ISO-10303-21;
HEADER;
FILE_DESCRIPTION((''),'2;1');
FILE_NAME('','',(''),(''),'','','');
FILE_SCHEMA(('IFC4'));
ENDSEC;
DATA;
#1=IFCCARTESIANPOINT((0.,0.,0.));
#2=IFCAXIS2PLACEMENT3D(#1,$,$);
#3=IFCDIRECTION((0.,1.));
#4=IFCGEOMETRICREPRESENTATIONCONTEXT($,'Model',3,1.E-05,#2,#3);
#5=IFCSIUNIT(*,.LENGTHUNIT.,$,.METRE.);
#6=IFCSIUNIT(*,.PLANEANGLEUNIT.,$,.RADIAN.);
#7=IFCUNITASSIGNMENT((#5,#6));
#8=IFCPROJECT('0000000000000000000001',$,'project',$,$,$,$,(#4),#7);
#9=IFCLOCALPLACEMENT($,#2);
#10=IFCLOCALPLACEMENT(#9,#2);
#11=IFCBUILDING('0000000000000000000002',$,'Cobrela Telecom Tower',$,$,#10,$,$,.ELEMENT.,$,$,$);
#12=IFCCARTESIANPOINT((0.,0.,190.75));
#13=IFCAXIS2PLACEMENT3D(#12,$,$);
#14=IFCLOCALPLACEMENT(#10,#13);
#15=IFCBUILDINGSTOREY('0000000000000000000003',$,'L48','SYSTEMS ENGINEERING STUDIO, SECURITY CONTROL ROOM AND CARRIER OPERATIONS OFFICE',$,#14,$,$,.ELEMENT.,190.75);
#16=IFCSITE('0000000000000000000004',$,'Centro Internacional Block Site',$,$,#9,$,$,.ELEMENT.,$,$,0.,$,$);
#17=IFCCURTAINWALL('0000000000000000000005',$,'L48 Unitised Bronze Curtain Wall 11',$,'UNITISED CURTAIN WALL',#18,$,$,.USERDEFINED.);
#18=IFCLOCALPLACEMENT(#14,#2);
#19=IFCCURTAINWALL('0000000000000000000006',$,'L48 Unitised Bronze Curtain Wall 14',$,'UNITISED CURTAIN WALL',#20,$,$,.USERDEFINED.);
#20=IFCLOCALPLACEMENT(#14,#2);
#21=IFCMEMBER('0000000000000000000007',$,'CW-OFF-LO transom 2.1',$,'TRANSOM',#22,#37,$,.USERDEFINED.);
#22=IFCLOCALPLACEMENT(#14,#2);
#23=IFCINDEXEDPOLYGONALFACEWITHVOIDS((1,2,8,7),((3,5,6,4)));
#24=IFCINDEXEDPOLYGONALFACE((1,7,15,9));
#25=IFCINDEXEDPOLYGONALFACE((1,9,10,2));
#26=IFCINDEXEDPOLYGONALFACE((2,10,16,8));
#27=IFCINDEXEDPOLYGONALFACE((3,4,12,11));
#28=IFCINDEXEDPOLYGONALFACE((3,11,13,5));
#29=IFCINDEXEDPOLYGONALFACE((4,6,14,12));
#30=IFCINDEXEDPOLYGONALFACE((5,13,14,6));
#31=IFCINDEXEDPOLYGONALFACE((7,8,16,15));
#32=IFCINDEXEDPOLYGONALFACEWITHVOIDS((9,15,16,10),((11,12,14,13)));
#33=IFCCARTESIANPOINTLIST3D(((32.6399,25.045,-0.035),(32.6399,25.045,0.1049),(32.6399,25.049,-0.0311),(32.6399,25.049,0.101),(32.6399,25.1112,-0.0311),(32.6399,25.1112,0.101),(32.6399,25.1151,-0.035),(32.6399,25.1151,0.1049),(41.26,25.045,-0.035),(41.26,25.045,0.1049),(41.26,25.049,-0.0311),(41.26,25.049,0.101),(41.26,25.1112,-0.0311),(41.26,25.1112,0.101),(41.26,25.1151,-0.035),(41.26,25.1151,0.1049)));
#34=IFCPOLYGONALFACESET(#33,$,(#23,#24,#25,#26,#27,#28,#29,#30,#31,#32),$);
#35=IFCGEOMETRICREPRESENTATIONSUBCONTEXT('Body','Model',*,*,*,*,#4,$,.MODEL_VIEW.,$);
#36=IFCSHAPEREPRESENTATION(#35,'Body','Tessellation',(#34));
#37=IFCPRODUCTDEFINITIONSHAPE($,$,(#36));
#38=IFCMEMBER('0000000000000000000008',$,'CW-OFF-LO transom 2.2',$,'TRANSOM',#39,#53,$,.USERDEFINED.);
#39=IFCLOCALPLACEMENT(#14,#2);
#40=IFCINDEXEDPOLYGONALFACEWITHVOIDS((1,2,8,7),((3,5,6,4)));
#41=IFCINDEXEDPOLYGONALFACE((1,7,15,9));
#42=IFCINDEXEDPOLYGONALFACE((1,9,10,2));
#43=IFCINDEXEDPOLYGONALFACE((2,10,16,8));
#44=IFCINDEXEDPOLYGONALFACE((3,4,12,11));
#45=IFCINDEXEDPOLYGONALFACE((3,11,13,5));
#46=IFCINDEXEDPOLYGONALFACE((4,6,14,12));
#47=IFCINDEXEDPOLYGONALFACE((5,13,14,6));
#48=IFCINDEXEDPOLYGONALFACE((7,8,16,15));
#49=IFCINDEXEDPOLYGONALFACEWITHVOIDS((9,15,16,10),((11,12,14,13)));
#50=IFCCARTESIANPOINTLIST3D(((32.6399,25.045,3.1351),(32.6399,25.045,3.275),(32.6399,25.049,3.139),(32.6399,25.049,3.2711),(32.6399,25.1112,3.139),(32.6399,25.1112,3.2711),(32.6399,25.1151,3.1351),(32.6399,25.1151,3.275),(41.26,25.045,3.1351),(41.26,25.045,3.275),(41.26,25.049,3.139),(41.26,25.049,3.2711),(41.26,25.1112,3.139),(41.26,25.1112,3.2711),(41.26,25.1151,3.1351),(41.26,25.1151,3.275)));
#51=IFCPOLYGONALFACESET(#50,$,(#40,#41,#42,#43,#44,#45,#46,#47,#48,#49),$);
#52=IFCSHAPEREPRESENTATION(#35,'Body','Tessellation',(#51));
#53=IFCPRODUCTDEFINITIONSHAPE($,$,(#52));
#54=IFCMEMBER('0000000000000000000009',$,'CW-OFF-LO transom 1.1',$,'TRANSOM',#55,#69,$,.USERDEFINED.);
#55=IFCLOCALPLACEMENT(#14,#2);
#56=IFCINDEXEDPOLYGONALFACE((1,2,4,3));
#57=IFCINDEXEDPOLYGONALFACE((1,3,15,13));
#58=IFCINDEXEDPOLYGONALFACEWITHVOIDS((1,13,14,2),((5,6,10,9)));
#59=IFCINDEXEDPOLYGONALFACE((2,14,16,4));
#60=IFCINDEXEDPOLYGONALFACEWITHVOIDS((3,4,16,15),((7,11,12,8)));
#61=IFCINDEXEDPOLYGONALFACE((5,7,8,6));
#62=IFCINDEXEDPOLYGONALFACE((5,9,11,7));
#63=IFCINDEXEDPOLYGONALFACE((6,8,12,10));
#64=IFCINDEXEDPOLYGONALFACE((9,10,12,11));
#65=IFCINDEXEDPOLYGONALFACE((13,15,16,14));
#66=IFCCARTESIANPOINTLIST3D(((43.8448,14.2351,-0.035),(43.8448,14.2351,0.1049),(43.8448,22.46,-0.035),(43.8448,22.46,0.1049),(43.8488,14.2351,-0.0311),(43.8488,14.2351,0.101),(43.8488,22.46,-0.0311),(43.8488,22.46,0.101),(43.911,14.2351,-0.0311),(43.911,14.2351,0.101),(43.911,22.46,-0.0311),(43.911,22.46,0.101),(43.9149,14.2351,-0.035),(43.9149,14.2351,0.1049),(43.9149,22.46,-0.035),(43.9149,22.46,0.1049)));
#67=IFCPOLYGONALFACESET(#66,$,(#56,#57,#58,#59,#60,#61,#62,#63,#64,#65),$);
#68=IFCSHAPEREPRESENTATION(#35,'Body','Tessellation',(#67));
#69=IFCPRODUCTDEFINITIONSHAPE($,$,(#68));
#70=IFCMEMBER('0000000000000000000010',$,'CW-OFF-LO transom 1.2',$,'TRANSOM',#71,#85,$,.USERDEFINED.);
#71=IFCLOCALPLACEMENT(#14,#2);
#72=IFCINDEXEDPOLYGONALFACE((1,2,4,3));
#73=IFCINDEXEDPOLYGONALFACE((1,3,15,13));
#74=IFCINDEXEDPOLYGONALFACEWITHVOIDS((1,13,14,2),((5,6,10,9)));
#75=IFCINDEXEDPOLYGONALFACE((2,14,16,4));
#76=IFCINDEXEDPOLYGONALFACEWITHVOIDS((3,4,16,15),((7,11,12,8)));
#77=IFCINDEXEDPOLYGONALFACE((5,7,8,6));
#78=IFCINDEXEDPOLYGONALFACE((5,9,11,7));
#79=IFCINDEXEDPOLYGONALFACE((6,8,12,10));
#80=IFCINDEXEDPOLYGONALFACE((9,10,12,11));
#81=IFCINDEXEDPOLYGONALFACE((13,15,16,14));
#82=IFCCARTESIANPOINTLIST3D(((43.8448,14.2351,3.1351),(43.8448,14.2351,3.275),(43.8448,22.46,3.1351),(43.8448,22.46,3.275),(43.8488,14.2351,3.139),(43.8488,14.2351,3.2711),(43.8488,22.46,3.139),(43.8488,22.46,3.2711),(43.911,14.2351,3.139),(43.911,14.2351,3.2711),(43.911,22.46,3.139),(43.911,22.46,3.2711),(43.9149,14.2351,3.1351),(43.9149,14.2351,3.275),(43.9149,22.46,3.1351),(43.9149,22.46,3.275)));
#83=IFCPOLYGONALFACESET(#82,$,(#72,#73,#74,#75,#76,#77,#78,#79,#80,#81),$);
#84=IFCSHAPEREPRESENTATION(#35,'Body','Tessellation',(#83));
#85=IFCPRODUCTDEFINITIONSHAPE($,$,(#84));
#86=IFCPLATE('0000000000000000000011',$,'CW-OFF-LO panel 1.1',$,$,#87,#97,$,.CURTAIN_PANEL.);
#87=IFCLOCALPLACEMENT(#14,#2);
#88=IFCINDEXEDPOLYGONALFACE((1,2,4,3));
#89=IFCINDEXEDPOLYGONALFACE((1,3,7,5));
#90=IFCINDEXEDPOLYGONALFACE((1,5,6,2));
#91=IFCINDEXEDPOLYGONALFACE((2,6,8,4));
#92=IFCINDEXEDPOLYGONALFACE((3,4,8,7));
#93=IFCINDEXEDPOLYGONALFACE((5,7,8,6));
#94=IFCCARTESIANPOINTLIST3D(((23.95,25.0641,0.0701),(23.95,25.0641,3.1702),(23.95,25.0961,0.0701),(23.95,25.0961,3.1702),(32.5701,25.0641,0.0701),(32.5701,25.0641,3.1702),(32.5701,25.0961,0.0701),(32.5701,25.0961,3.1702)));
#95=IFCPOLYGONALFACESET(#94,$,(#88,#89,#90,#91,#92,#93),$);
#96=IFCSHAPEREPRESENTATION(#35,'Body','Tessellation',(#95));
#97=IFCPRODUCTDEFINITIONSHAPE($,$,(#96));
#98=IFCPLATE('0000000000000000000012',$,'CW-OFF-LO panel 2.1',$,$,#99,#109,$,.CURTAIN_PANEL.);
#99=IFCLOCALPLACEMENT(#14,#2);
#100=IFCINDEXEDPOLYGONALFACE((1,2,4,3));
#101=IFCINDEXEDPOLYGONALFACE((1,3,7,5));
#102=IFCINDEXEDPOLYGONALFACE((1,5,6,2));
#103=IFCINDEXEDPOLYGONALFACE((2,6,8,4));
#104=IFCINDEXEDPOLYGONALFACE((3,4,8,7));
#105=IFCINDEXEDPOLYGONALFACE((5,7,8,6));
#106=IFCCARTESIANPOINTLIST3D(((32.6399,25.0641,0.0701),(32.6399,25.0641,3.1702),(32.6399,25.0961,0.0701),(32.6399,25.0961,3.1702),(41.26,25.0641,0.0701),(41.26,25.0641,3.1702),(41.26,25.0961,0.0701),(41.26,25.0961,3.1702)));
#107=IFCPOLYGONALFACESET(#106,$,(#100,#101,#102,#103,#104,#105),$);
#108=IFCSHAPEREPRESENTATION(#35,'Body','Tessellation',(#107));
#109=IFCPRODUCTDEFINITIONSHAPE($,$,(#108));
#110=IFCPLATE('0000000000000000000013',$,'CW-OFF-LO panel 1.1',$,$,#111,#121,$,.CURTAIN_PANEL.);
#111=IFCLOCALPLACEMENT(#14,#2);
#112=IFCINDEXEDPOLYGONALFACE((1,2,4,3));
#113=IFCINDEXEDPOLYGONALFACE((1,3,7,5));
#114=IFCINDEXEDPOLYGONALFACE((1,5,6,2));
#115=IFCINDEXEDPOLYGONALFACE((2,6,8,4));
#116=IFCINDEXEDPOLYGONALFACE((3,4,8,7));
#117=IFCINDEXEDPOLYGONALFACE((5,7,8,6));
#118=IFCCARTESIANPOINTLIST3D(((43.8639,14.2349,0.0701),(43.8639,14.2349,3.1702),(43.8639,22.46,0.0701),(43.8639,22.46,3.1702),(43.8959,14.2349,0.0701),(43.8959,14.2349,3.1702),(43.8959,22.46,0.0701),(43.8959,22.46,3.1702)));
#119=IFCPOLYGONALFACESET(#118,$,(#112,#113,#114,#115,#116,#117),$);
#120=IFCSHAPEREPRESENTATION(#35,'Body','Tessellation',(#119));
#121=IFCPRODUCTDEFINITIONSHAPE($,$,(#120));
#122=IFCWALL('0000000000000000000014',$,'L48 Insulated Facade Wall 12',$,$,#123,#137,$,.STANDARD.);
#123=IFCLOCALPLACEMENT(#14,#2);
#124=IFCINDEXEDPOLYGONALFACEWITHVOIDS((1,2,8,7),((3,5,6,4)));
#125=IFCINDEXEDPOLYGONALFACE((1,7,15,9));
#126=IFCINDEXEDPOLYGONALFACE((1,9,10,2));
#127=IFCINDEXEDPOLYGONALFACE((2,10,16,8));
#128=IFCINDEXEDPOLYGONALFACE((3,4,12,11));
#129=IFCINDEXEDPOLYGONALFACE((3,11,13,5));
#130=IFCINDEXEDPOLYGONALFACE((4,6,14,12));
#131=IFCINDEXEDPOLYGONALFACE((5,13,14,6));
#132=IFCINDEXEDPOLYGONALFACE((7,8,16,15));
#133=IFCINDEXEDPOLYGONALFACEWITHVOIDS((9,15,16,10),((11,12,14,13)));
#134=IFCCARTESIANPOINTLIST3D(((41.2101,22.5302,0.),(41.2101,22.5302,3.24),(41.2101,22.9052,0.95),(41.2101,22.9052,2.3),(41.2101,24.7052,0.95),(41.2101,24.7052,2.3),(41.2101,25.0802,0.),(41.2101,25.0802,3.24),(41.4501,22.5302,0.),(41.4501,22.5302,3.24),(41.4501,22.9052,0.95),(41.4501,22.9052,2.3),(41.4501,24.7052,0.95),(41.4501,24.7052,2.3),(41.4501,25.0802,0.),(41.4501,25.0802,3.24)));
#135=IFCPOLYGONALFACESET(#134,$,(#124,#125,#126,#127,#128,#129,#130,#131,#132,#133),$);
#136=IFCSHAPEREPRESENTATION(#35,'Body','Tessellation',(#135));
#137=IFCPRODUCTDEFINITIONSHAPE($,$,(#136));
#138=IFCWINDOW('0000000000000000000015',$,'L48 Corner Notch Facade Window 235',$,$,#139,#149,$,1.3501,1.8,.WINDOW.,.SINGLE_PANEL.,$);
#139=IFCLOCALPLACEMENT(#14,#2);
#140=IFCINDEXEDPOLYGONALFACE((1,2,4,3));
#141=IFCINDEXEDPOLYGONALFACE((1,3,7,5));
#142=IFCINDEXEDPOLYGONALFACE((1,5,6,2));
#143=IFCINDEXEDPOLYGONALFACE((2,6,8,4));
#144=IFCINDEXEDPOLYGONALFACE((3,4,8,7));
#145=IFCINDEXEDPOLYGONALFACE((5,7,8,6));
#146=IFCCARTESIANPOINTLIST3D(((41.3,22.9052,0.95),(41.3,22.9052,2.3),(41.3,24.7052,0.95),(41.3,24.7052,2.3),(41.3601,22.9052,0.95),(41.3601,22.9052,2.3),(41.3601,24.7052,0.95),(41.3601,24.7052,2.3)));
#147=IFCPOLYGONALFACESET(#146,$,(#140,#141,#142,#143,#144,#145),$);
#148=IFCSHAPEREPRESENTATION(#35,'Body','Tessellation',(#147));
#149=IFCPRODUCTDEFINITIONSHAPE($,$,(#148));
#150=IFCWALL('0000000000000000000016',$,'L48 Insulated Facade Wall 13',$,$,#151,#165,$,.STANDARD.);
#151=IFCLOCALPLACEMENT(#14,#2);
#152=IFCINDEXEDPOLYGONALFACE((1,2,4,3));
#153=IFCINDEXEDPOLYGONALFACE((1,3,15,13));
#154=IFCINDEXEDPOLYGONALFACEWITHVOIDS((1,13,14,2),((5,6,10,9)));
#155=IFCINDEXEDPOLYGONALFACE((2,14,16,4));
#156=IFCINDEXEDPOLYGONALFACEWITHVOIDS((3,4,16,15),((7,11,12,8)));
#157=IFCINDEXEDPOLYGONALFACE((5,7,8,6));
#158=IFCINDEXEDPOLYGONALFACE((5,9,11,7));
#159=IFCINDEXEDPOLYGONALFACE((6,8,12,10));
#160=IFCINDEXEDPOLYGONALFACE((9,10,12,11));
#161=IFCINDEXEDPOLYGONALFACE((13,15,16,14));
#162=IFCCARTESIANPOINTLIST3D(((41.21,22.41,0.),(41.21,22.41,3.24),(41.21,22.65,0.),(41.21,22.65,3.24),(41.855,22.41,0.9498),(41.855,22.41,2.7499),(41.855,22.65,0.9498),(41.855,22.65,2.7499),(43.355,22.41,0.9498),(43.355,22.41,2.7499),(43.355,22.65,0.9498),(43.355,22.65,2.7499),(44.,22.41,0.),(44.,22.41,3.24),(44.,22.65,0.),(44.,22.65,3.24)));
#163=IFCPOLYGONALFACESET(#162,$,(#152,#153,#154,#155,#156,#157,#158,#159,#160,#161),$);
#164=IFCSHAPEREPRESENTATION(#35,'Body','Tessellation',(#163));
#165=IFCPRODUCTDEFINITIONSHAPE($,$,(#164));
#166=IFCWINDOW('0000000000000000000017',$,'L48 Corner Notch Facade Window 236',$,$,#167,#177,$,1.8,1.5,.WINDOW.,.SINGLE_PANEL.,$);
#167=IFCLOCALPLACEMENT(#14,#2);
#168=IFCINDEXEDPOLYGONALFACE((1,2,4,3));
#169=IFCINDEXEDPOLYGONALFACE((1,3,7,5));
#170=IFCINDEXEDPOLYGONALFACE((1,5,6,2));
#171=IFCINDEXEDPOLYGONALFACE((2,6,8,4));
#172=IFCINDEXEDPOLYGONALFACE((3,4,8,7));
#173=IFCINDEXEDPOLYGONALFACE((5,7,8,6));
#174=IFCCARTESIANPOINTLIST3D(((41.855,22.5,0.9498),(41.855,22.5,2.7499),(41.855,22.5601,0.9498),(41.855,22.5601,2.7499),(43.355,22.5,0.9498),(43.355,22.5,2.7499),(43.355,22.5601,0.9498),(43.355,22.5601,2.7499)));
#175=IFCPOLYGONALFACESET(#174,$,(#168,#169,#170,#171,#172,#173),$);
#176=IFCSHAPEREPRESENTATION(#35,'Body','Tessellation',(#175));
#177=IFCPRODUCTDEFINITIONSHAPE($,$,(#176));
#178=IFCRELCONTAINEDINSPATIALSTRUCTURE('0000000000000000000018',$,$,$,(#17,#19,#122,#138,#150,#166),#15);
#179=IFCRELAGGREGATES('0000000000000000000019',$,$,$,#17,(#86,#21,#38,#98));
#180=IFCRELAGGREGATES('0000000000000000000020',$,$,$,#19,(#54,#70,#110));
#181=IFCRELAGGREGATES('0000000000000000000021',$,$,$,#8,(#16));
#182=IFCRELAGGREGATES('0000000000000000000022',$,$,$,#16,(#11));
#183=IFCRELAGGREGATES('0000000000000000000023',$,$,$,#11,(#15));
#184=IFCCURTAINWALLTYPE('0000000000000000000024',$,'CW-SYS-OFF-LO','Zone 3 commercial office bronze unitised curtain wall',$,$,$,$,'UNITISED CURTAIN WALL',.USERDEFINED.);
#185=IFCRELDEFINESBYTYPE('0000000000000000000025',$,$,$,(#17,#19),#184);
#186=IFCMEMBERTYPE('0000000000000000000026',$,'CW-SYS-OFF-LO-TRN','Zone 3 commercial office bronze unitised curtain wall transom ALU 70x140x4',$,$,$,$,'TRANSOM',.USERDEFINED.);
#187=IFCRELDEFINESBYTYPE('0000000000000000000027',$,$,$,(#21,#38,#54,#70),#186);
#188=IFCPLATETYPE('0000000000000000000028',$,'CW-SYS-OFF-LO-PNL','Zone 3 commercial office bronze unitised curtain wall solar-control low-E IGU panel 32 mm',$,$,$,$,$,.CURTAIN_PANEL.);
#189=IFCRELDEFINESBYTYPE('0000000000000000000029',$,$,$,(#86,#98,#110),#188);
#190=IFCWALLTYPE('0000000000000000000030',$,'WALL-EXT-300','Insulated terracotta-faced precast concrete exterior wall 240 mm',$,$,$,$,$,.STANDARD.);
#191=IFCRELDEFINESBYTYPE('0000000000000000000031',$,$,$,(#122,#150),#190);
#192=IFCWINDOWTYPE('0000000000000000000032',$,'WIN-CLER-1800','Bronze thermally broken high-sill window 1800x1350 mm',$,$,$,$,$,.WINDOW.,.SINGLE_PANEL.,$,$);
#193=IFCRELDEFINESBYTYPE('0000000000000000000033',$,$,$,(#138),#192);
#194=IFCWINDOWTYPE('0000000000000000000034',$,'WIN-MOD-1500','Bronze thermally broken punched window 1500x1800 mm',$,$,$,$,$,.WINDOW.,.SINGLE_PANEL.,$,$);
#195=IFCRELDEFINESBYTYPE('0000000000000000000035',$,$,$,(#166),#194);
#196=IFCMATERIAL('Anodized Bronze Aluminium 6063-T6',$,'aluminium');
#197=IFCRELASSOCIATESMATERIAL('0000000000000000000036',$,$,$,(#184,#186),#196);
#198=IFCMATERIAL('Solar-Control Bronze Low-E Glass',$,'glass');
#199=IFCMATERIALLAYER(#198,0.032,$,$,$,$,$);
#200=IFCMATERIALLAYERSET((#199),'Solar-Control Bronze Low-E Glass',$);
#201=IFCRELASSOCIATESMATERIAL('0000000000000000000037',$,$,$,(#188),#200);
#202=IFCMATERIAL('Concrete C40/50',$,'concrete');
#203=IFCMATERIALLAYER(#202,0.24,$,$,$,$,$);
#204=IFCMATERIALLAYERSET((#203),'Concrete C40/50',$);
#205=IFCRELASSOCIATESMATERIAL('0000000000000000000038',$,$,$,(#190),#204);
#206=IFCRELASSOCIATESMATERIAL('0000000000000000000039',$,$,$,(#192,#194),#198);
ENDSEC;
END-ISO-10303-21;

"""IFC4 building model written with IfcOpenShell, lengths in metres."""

from ifc_helpers import new_model, si_unit, direction, frame, frame_2d, origin, origin_2d, place, context, subcontext, project, spatial, rectangle, hollow_rectangle, extrude, material, layer, layer_set, material_profile, profile_set, type_object, element, fill, aggregate, save


model = new_model("IFC4")

# Units and contexts
model_context = context("Model", 3, precision=1e-05, world=origin(), true_north=direction((0.0, 1.0)))
body_context = subcontext(model_context, "Body", "Model", "MODEL_VIEW")
ifc_project = project(units=[si_unit("LENGTHUNIT", "METRE"), si_unit("PLANEANGLEUNIT", "RADIAN")], contexts=[model_context])

# Site, building, storey
site_placement = place(None, origin())
site = spatial("IfcSite", under=ifc_project, at=site_placement, Name="Centro Internacional Block Site", CompositionType="ELEMENT", RefElevation=0.0)
building_placement = place(site_placement, origin())
building = spatial("IfcBuilding", under=site, at=building_placement, Name="Cobrela Telecom Tower", CompositionType="ELEMENT")
storey_placement = place(building_placement, frame((0.0, 0.0, 190.75)))
storey = spatial("IfcBuildingStorey", under=building, at=storey_placement, Name="L48", Description="SYSTEMS ENGINEERING STUDIO, SECURITY CONTROL ROOM AND CARRIER OPERATIONS OFFICE", CompositionType="ELEMENT", Elevation=190.75)

# Curtain wall
ifc_material_1 = material(Name="Anodized Bronze Aluminium 6063-T6", Category="aluminium")
curtain_wall_type = type_object("IfcCurtainWallType", Name="CW-SYS-OFF-LO", Description="Zone 3 commercial office bronze unitised curtain wall", ElementType="UNITISED CURTAIN WALL", PredefinedType="USERDEFINED", material=ifc_material_1)
curtain_wall_1_placement = place(storey_placement, origin())
curtain_wall_1 = element("IfcCurtainWall", 1, at=curtain_wall_1_placement, inside=storey, type_object=curtain_wall_type, Name="L48 Unitised Bronze Curtain Wall 11", ObjectType="UNITISED CURTAIN WALL", PredefinedType="USERDEFINED")

# Curtain wall
curtain_wall_2_placement = place(storey_placement, origin())
curtain_wall_2 = element("IfcCurtainWall", 2, at=curtain_wall_2_placement, inside=storey, type_object=curtain_wall_type, Name="L48 Unitised Bronze Curtain Wall 14", ObjectType="UNITISED CURTAIN WALL", PredefinedType="USERDEFINED")

# Members
ifc_material_profile_1 = material_profile(ifc_material_1, hollow_rectangle(XDim=0.0701, YDim=0.1399, WallThickness=0.0039, at=origin_2d()), Name="ALU 70x140x4")
ifc_profile_set_1 = profile_set([ifc_material_profile_1], Name="Anodized Bronze Aluminium 6063-T6")
member_type_1 = type_object("IfcMemberType", Name="CW-SYS-OFF-LO-TRN", Description="Zone 3 commercial office bronze unitised curtain wall transom ALU 70x140x4", ElementType="TRANSOM", PredefinedType="USERDEFINED", material=ifc_profile_set_1)
member_1_placement = place(storey_placement, frame((32.6399, 25.0801, 0.0349), z_axis=(1.0, 0.0, 0.0), x_axis=(0.0, 1.0, 0.0)))
member_1 = element("IfcMember", 3, at=member_1_placement, type_object=member_type_1, Name="CW-OFF-LO transom 2.1", ObjectType="TRANSOM", PredefinedType="USERDEFINED", context=body_context, shape_type="SweptSolid", body=[
    extrude(hollow_rectangle(XDim=0.0701, YDim=0.1399, WallThickness=0.0039, at=origin_2d()), origin(), (0.0, 0.0, 1.0), 8.6201),
])
member_2_placement = place(storey_placement, frame((32.6399, 25.0801, 3.2051), z_axis=(1.0, 0.0, 0.0), x_axis=(0.0, 1.0, 0.0)))
member_2 = element("IfcMember", 4, at=member_2_placement, type_object=member_type_1, Name="CW-OFF-LO transom 2.2", ObjectType="TRANSOM", PredefinedType="USERDEFINED", context=body_context, shape_type="SweptSolid", body=[
    extrude(hollow_rectangle(XDim=0.0701, YDim=0.1399, WallThickness=0.0039, at=origin_2d()), origin(), (0.0, 0.0, 1.0), 8.6201),
])
member_3_placement = place(storey_placement, frame((43.8799, 22.46, 0.0349), z_axis=(0.0, -1.0, 0.0), x_axis=(1.0, 0.0, 0.0)))
member_3 = element("IfcMember", 5, at=member_3_placement, type_object=member_type_1, Name="CW-OFF-LO transom 1.1", ObjectType="TRANSOM", PredefinedType="USERDEFINED", context=body_context, shape_type="SweptSolid", body=[
    extrude(hollow_rectangle(XDim=0.0701, YDim=0.1399, WallThickness=0.0039, at=origin_2d()), origin(), (0.0, 0.0, 1.0), 8.2249),
])
member_4_placement = place(storey_placement, frame((43.8799, 22.46, 3.2051), z_axis=(0.0, -1.0, 0.0), x_axis=(1.0, 0.0, 0.0)))
member_4 = element("IfcMember", 6, at=member_4_placement, type_object=member_type_1, Name="CW-OFF-LO transom 1.2", ObjectType="TRANSOM", PredefinedType="USERDEFINED", context=body_context, shape_type="SweptSolid", body=[
    extrude(hollow_rectangle(XDim=0.0701, YDim=0.1399, WallThickness=0.0039, at=origin_2d()), origin(), (0.0, 0.0, 1.0), 8.2249),
])

# Plates
ifc_material_2 = material(Name="Solar-Control Bronze Low-E Glass", Category="glass")
ifc_layer_1 = layer(ifc_material_2, 0.032)
ifc_layer_set_1 = layer_set([ifc_layer_1], Name="Solar-Control Bronze Low-E Glass")
plate_type = type_object("IfcPlateType", Name="CW-SYS-OFF-LO-PNL", Description="Zone 3 commercial office bronze unitised curtain wall solar-control low-E IGU panel 32 mm", PredefinedType="CURTAIN_PANEL", material=ifc_layer_set_1)
plate_1_placement = place(storey_placement, frame((28.26, 25.0801, 0.0701), z_axis=(0.0, 0.0, 1.0), x_axis=(1.0, 0.0, 0.0)))
plate_1 = element("IfcPlate", 7, at=plate_1_placement, type_object=plate_type, Name="CW-OFF-LO panel 1.1", PredefinedType="CURTAIN_PANEL", context=body_context, shape_type="SweptSolid", body=[
    extrude(rectangle(XDim=8.6201, YDim=0.032, at=origin_2d()), origin(), (0.0, 0.0, 1.0), 3.1001),
])
plate_2_placement = place(storey_placement, frame((36.95, 25.0801, 0.0701), z_axis=(0.0, 0.0, 1.0), x_axis=(1.0, 0.0, 0.0)))
plate_2 = element("IfcPlate", 8, at=plate_2_placement, type_object=plate_type, Name="CW-OFF-LO panel 2.1", PredefinedType="CURTAIN_PANEL", context=body_context, shape_type="SweptSolid", body=[
    extrude(rectangle(XDim=8.6201, YDim=0.032, at=origin_2d()), origin(), (0.0, 0.0, 1.0), 3.1001),
])
aggregate(curtain_wall_1, [plate_1, member_1, member_2, plate_2])
plate_3_placement = place(storey_placement, frame((43.8799, 18.3474, 0.0701), z_axis=(0.0, 0.0, 1.0), x_axis=(0.0, -1.0, 0.0)))
plate_3 = element("IfcPlate", 9, at=plate_3_placement, type_object=plate_type, Name="CW-OFF-LO panel 1.1", PredefinedType="CURTAIN_PANEL", context=body_context, shape_type="SweptSolid", body=[
    extrude(rectangle(XDim=8.2251, YDim=0.032, at=origin_2d()), origin(), (0.0, 0.0, 1.0), 3.1001),
])
aggregate(curtain_wall_2, [member_3, member_4, plate_3])

# Walls, openings, windows
ifc_material_3 = material(Name="Concrete C40/50", Category="concrete")
ifc_layer_2 = layer(ifc_material_3, 0.24)
ifc_layer_set_2 = layer_set([ifc_layer_2], Name="Concrete C40/50")
wall_type_1 = type_object("IfcWallType", Name="WALL-EXT-300", Description="Insulated terracotta-faced precast concrete exterior wall 240 mm", PredefinedType="STANDARD", material=ifc_layer_set_2)
wall_1_placement = place(storey_placement, frame((41.3301, 25.0801, 0.0), z_axis=(0.0, 0.0, 1.0), x_axis=(0.0, -1.0, 0.0)))
wall_1 = element("IfcWall", 10, at=wall_1_placement, inside=storey, type_object=wall_type_1, Name="L48 Insulated Facade Wall 12", PredefinedType="STANDARD", context=body_context, shape_type="SweptSolid", body=[
    extrude(rectangle(XDim=2.55, YDim=0.24, at=frame_2d((1.2749, 0.0))), origin(), (0.0, 0.0, 1.0), 3.24),
])
opening_1_placement = place(wall_1_placement, frame((0.375, 0.0, 0.95)))
opening_1 = element("IfcOpeningElement", 11, at=opening_1_placement, cuts=wall_1, PredefinedType="OPENING", context=body_context, shape_type="SweptSolid", body=[
    extrude(rectangle(XDim=1.8, YDim=1.3501, at=frame_2d((0.8999, 0.675))), frame((0.0, 0.1318, 0.0), z_axis=(0.0, -1.0, 0.0), x_axis=(1.0, 0.0, 0.0)), (0.0, 0.0, 1.0), 0.2639),
])
window_type_1 = type_object("IfcWindowType", Name="WIN-CLER-1800", Description="Bronze thermally broken high-sill window 1800x1350 mm", PartitioningType="SINGLE_PANEL", PredefinedType="WINDOW", material=ifc_material_2)
window_1_placement = place(opening_1_placement, origin())
window_1 = element("IfcWindow", 12, at=window_1_placement, inside=storey, type_object=window_type_1, Name="L48 Corner Notch Facade Window 235", OverallHeight=1.3501, OverallWidth=1.8, PartitioningType="SINGLE_PANEL", PredefinedType="WINDOW", context=body_context, shape_type="SweptSolid", body=[
    extrude(rectangle(XDim=1.8, YDim=1.3501, at=frame_2d((0.8999, 0.675))), frame((0.0, 0.03, 0.0), z_axis=(0.0, -1.0, 0.0), x_axis=(1.0, 0.0, 0.0)), (0.0, 0.0, 1.0), 0.0601),
])
fill(opening_1, window_1)
wall_2_placement = place(storey_placement, frame((41.21, 22.53, 0.0), z_axis=(0.0, 0.0, 1.0), x_axis=(1.0, 0.0, 0.0)))
wall_2 = element("IfcWall", 13, at=wall_2_placement, inside=storey, type_object=wall_type_1, Name="L48 Insulated Facade Wall 13", PredefinedType="STANDARD", context=body_context, shape_type="SweptSolid", body=[
    extrude(rectangle(XDim=2.79, YDim=0.24, at=frame_2d((1.395, 0.0))), origin(), (0.0, 0.0, 1.0), 3.24),
])
opening_2_placement = place(wall_2_placement, frame((0.645, 0.0, 0.95)))
opening_2 = element("IfcOpeningElement", 14, at=opening_2_placement, cuts=wall_2, PredefinedType="OPENING", context=body_context, shape_type="SweptSolid", body=[
    extrude(rectangle(XDim=1.5, YDim=1.8, at=frame_2d((0.75, 0.8999))), frame((0.0, 0.1318, 0.0), z_axis=(0.0, -1.0, 0.0), x_axis=(1.0, 0.0, 0.0)), (0.0, 0.0, 1.0), 0.2639),
])
window_type_2 = type_object("IfcWindowType", Name="WIN-MOD-1500", Description="Bronze thermally broken punched window 1500x1800 mm", PartitioningType="SINGLE_PANEL", PredefinedType="WINDOW", material=ifc_material_2)
window_2_placement = place(opening_2_placement, origin())
window_2 = element("IfcWindow", 15, at=window_2_placement, inside=storey, type_object=window_type_2, Name="L48 Corner Notch Facade Window 236", OverallHeight=1.8, OverallWidth=1.5, PartitioningType="SINGLE_PANEL", PredefinedType="WINDOW", context=body_context, shape_type="SweptSolid", body=[
    extrude(rectangle(XDim=1.5, YDim=1.8, at=frame_2d((0.75, 0.8999))), frame((0.0, 0.03, 0.0), z_axis=(0.0, -1.0, 0.0), x_axis=(1.0, 0.0, 0.0)), (0.0, 0.0, 1.0), 0.0601),
])
fill(opening_2, window_2)

save(model, "model.ifc")
